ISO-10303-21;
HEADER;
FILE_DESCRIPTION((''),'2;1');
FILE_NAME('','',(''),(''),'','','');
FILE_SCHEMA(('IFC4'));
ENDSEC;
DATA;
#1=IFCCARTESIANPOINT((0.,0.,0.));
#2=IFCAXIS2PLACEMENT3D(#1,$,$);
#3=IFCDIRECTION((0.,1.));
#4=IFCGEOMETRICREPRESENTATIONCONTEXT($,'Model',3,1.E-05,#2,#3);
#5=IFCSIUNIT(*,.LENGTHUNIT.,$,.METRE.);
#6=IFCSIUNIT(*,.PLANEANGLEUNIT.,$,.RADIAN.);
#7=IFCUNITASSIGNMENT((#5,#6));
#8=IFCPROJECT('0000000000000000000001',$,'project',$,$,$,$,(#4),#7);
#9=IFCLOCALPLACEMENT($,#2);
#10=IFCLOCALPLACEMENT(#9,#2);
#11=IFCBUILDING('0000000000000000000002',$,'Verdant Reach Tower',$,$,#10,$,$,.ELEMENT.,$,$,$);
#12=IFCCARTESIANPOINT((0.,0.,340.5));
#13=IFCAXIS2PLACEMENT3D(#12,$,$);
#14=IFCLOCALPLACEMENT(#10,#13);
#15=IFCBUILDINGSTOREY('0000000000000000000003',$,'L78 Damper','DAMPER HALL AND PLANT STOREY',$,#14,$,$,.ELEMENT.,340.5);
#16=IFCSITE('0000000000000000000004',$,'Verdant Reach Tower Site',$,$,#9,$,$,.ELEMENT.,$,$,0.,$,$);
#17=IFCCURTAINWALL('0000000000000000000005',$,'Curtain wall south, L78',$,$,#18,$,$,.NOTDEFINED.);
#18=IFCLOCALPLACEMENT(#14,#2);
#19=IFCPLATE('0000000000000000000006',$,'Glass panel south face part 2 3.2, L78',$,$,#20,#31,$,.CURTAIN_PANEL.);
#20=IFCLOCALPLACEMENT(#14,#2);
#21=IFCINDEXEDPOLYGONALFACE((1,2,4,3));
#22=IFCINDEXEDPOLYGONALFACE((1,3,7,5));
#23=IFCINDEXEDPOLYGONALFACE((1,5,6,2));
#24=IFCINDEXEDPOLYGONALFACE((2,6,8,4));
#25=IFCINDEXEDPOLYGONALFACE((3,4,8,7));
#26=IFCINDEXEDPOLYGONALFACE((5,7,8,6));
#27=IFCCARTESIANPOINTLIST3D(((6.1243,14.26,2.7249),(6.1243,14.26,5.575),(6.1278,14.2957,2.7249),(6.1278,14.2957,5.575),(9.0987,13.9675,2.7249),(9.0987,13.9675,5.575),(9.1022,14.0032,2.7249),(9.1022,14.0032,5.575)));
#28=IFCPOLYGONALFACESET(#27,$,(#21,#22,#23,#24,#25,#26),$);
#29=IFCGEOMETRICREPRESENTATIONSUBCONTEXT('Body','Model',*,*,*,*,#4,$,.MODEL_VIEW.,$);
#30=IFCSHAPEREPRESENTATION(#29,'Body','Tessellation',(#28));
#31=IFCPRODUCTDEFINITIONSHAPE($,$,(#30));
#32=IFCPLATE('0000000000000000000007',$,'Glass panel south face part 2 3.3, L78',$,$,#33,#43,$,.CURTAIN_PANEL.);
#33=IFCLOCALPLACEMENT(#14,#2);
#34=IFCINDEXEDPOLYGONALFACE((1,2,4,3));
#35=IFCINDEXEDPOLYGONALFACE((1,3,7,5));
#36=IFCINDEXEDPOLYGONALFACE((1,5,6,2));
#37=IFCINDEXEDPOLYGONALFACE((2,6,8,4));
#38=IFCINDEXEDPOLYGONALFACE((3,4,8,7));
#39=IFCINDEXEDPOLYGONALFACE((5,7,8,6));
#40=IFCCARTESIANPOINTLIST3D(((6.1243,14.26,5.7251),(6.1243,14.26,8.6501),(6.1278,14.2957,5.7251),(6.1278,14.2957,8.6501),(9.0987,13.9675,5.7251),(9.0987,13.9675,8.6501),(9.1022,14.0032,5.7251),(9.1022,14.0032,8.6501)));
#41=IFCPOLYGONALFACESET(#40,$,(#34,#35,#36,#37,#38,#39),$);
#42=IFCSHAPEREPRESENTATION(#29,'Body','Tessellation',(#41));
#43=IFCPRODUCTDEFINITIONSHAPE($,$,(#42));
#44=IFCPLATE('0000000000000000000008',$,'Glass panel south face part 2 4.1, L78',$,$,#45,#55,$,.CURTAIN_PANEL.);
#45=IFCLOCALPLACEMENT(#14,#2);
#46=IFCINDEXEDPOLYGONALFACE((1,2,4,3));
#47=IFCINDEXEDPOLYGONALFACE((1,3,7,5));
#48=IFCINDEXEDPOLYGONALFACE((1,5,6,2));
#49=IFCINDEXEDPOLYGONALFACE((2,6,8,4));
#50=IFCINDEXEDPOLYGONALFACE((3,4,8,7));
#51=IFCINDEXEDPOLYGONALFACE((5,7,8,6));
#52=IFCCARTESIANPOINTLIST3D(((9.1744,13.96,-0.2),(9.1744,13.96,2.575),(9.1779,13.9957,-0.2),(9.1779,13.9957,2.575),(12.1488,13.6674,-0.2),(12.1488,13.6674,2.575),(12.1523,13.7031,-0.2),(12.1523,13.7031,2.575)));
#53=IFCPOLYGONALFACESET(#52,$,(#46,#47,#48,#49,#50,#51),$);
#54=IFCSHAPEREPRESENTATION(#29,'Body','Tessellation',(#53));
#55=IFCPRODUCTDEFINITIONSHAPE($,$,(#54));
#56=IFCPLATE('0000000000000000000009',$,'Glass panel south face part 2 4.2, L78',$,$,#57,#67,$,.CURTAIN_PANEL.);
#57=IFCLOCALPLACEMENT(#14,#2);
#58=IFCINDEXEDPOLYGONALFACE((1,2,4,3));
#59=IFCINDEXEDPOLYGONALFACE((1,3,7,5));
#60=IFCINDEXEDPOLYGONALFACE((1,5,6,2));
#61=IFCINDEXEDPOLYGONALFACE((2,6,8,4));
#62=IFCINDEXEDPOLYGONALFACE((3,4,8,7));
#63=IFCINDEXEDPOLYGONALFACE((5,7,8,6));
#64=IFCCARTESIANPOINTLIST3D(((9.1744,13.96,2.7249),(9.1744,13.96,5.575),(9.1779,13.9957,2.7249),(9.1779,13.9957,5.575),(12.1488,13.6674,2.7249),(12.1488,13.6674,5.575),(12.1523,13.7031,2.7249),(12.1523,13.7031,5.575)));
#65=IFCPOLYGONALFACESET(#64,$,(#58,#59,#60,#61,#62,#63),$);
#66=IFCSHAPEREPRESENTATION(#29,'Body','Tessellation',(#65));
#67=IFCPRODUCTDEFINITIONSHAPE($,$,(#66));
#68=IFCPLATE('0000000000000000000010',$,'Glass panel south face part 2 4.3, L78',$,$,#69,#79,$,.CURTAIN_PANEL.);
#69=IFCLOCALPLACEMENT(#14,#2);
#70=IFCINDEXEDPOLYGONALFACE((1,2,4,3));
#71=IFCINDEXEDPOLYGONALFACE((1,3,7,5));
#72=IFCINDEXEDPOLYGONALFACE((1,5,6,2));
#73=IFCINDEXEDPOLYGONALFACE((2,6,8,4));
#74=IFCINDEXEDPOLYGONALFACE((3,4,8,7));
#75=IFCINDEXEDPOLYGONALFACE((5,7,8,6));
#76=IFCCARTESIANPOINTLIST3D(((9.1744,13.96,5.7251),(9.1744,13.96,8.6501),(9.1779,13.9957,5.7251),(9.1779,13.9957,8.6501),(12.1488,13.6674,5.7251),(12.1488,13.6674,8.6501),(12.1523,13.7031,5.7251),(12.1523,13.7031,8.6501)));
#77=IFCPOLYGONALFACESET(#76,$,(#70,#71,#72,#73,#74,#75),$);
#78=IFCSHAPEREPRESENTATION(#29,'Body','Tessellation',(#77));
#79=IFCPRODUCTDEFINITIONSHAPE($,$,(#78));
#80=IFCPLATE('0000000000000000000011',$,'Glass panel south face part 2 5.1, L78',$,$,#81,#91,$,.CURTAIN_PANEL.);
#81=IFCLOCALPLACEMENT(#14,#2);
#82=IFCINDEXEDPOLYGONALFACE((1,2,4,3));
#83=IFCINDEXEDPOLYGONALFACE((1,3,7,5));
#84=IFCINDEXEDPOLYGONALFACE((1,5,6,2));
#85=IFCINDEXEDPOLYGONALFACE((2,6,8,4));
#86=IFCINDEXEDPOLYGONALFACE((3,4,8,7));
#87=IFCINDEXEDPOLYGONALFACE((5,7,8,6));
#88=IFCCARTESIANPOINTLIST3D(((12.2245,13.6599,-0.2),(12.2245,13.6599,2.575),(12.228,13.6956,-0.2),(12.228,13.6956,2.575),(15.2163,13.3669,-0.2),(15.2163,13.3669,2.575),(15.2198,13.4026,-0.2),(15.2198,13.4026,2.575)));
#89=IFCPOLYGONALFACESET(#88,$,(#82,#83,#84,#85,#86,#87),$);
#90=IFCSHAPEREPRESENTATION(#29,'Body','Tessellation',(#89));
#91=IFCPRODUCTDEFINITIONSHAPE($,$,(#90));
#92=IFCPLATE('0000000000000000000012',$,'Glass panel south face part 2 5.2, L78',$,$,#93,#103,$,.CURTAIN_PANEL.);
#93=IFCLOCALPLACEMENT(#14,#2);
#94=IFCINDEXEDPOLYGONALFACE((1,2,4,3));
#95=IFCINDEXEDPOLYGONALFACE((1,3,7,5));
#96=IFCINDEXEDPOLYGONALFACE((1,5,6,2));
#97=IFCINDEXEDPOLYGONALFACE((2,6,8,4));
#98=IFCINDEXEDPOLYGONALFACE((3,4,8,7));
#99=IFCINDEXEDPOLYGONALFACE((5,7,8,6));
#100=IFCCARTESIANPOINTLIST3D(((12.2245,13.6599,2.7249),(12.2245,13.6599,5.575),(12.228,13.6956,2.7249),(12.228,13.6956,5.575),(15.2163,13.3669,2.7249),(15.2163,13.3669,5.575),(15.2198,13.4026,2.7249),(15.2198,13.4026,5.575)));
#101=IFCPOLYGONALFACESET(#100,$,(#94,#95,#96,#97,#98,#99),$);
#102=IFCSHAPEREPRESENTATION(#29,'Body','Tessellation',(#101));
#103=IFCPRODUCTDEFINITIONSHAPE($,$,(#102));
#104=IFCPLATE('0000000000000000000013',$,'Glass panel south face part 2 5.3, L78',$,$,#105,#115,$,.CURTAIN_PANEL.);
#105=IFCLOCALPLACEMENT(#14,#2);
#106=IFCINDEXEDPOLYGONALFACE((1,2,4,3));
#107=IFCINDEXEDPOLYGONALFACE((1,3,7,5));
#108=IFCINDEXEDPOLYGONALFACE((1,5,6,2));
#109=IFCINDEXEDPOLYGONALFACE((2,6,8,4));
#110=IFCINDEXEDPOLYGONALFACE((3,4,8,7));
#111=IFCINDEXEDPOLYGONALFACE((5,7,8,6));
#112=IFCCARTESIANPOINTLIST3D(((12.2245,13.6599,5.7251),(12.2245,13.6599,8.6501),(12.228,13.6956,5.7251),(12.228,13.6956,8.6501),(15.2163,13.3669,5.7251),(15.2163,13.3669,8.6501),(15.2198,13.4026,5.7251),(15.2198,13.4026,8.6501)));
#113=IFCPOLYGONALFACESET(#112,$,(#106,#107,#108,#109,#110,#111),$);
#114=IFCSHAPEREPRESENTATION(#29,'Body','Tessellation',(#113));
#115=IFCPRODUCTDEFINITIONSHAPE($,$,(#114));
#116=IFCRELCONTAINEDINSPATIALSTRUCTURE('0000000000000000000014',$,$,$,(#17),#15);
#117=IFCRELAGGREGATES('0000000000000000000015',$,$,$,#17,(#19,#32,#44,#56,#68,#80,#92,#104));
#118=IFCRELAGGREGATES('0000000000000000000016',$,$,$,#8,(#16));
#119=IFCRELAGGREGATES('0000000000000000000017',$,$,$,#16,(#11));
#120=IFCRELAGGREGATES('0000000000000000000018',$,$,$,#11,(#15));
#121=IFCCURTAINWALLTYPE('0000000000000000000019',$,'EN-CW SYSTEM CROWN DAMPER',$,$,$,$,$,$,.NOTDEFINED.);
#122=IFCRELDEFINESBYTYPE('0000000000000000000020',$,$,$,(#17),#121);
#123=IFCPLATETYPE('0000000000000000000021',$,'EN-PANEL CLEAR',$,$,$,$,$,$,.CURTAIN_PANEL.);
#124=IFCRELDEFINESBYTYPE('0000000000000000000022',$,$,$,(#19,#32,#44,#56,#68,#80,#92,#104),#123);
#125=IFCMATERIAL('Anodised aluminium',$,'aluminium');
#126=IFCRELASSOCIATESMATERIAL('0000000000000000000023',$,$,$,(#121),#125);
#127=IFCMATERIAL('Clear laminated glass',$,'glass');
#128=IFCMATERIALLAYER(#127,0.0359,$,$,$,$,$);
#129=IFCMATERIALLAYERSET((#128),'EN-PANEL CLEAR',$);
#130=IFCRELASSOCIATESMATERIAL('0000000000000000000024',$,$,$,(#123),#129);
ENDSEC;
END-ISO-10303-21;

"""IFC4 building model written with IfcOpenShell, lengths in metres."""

from ifc_helpers import new_model, si_unit, direction, frame, origin, origin_2d, place, context, subcontext, project, spatial, rectangle, extrude, material, layer, layer_set, type_object, element, aggregate, save


model = new_model("IFC4")

# Units and contexts
model_context = context("Model", 3, precision=1e-05, world=origin(), true_north=direction((0.0, 1.0)))
body_context = subcontext(model_context, "Body", "Model", "MODEL_VIEW")
ifc_project = project(units=[si_unit("LENGTHUNIT", "METRE"), si_unit("PLANEANGLEUNIT", "RADIAN")], contexts=[model_context])

# Site, building, storey
site_placement = place(None, origin())
site = spatial("IfcSite", under=ifc_project, at=site_placement, Name="Verdant Reach Tower Site", CompositionType="ELEMENT", RefElevation=0.0)
building_placement = place(site_placement, origin())
building = spatial("IfcBuilding", under=site, at=building_placement, Name="Verdant Reach Tower", CompositionType="ELEMENT")
storey_placement = place(building_placement, frame((0.0, 0.0, 340.5)))
storey = spatial("IfcBuildingStorey", under=building, at=storey_placement, Name="L78 Damper", Description="DAMPER HALL AND PLANT STOREY", CompositionType="ELEMENT", Elevation=340.5)

# Curtain wall
ifc_material_1 = material(Name="Anodised aluminium", Category="aluminium")
curtain_wall_type = type_object("IfcCurtainWallType", Name="EN-CW SYSTEM CROWN DAMPER", PredefinedType="NOTDEFINED", material=ifc_material_1)
curtain_wall_placement = place(storey_placement, origin())
curtain_wall = element("IfcCurtainWall", 1, at=curtain_wall_placement, inside=storey, type_object=curtain_wall_type, Name="Curtain wall south, L78", PredefinedType="NOTDEFINED")

# Plates
ifc_material_2 = material(Name="Clear laminated glass", Category="glass")
ifc_layer_1 = layer(ifc_material_2, 0.0359)
ifc_layer_set_1 = layer_set([ifc_layer_1], Name="EN-PANEL CLEAR")
plate_type = type_object("IfcPlateType", Name="EN-PANEL CLEAR", PredefinedType="CURTAIN_PANEL", material=ifc_layer_set_1)
plate_1_placement = place(storey_placement, frame((7.6133, 14.1316, 2.7249), z_axis=(0.0, 0.0, 1.0), x_axis=(0.995197, -0.097888, 0.0)))
plate_1 = element("IfcPlate", 2, at=plate_1_placement, type_object=plate_type, Name="Glass panel south face part 2 3.2, L78", PredefinedType="CURTAIN_PANEL", context=body_context, shape_type="SweptSolid", body=[
    extrude(rectangle(XDim=2.9888, YDim=0.0359, at=origin_2d()), origin(), (0.0, 0.0, 1.0), 2.8501),
])
plate_2_placement = place(storey_placement, frame((7.6133, 14.1316, 5.7251), z_axis=(0.0, 0.0, 1.0), x_axis=(0.995197, -0.097888, 0.0)))
plate_2 = element("IfcPlate", 3, at=plate_2_placement, type_object=plate_type, Name="Glass panel south face part 2 3.3, L78", PredefinedType="CURTAIN_PANEL", context=body_context, shape_type="SweptSolid", body=[
    extrude(rectangle(XDim=2.9888, YDim=0.0359, at=origin_2d()), origin(), (0.0, 0.0, 1.0), 2.925),
])
plate_3_placement = place(storey_placement, frame((10.6633, 13.8315, -0.2), z_axis=(0.0, 0.0, 1.0), x_axis=(0.995197, -0.097888, 0.0)))
plate_3 = element("IfcPlate", 4, at=plate_3_placement, type_object=plate_type, Name="Glass panel south face part 2 4.1, L78", PredefinedType="CURTAIN_PANEL", context=body_context, shape_type="SweptSolid", body=[
    extrude(rectangle(XDim=2.9888, YDim=0.0359, at=origin_2d()), origin(), (0.0, 0.0, 1.0), 2.7749),
])
plate_4_placement = place(storey_placement, frame((10.6633, 13.8315, 2.7249), z_axis=(0.0, 0.0, 1.0), x_axis=(0.995197, -0.097888, 0.0)))
plate_4 = element("IfcPlate", 5, at=plate_4_placement, type_object=plate_type, Name="Glass panel south face part 2 4.2, L78", PredefinedType="CURTAIN_PANEL", context=body_context, shape_type="SweptSolid", body=[
    extrude(rectangle(XDim=2.9888, YDim=0.0359, at=origin_2d()), origin(), (0.0, 0.0, 1.0), 2.8501),
])
plate_5_placement = place(storey_placement, frame((10.6633, 13.8315, 5.7251), z_axis=(0.0, 0.0, 1.0), x_axis=(0.995197, -0.097888, 0.0)))
plate_5 = element("IfcPlate", 6, at=plate_5_placement, type_object=plate_type, Name="Glass panel south face part 2 4.3, L78", PredefinedType="CURTAIN_PANEL", context=body_context, shape_type="SweptSolid", body=[
    extrude(rectangle(XDim=2.9888, YDim=0.0359, at=origin_2d()), origin(), (0.0, 0.0, 1.0), 2.925),
])
plate_6_placement = place(storey_placement, frame((13.7222, 13.5312, -0.2), z_axis=(0.0, 0.0, 1.0), x_axis=(0.995238, -0.097473, 0.0)))
plate_6 = element("IfcPlate", 7, at=plate_6_placement, type_object=plate_type, Name="Glass panel south face part 2 5.1, L78", PredefinedType="CURTAIN_PANEL", context=body_context, shape_type="SweptSolid", body=[
    extrude(rectangle(XDim=3.0061, YDim=0.0359, at=origin_2d()), origin(), (0.0, 0.0, 1.0), 2.7749),
])
plate_7_placement = place(storey_placement, frame((13.7222, 13.5312, 2.7249), z_axis=(0.0, 0.0, 1.0), x_axis=(0.995238, -0.097473, 0.0)))
plate_7 = element("IfcPlate", 8, at=plate_7_placement, type_object=plate_type, Name="Glass panel south face part 2 5.2, L78", PredefinedType="CURTAIN_PANEL", context=body_context, shape_type="SweptSolid", body=[
    extrude(rectangle(XDim=3.0061, YDim=0.0359, at=origin_2d()), origin(), (0.0, 0.0, 1.0), 2.8501),
])
plate_8_placement = place(storey_placement, frame((13.7222, 13.5312, 5.7251), z_axis=(0.0, 0.0, 1.0), x_axis=(0.995238, -0.097473, 0.0)))
plate_8 = element("IfcPlate", 9, at=plate_8_placement, type_object=plate_type, Name="Glass panel south face part 2 5.3, L78", PredefinedType="CURTAIN_PANEL", context=body_context, shape_type="SweptSolid", body=[
    extrude(rectangle(XDim=3.0061, YDim=0.0359, at=origin_2d()), origin(), (0.0, 0.0, 1.0), 2.925),
])
aggregate(curtain_wall, [plate_1, plate_2, plate_3, plate_4, plate_5, plate_6, plate_7, plate_8])

save(model, "model.ifc")
